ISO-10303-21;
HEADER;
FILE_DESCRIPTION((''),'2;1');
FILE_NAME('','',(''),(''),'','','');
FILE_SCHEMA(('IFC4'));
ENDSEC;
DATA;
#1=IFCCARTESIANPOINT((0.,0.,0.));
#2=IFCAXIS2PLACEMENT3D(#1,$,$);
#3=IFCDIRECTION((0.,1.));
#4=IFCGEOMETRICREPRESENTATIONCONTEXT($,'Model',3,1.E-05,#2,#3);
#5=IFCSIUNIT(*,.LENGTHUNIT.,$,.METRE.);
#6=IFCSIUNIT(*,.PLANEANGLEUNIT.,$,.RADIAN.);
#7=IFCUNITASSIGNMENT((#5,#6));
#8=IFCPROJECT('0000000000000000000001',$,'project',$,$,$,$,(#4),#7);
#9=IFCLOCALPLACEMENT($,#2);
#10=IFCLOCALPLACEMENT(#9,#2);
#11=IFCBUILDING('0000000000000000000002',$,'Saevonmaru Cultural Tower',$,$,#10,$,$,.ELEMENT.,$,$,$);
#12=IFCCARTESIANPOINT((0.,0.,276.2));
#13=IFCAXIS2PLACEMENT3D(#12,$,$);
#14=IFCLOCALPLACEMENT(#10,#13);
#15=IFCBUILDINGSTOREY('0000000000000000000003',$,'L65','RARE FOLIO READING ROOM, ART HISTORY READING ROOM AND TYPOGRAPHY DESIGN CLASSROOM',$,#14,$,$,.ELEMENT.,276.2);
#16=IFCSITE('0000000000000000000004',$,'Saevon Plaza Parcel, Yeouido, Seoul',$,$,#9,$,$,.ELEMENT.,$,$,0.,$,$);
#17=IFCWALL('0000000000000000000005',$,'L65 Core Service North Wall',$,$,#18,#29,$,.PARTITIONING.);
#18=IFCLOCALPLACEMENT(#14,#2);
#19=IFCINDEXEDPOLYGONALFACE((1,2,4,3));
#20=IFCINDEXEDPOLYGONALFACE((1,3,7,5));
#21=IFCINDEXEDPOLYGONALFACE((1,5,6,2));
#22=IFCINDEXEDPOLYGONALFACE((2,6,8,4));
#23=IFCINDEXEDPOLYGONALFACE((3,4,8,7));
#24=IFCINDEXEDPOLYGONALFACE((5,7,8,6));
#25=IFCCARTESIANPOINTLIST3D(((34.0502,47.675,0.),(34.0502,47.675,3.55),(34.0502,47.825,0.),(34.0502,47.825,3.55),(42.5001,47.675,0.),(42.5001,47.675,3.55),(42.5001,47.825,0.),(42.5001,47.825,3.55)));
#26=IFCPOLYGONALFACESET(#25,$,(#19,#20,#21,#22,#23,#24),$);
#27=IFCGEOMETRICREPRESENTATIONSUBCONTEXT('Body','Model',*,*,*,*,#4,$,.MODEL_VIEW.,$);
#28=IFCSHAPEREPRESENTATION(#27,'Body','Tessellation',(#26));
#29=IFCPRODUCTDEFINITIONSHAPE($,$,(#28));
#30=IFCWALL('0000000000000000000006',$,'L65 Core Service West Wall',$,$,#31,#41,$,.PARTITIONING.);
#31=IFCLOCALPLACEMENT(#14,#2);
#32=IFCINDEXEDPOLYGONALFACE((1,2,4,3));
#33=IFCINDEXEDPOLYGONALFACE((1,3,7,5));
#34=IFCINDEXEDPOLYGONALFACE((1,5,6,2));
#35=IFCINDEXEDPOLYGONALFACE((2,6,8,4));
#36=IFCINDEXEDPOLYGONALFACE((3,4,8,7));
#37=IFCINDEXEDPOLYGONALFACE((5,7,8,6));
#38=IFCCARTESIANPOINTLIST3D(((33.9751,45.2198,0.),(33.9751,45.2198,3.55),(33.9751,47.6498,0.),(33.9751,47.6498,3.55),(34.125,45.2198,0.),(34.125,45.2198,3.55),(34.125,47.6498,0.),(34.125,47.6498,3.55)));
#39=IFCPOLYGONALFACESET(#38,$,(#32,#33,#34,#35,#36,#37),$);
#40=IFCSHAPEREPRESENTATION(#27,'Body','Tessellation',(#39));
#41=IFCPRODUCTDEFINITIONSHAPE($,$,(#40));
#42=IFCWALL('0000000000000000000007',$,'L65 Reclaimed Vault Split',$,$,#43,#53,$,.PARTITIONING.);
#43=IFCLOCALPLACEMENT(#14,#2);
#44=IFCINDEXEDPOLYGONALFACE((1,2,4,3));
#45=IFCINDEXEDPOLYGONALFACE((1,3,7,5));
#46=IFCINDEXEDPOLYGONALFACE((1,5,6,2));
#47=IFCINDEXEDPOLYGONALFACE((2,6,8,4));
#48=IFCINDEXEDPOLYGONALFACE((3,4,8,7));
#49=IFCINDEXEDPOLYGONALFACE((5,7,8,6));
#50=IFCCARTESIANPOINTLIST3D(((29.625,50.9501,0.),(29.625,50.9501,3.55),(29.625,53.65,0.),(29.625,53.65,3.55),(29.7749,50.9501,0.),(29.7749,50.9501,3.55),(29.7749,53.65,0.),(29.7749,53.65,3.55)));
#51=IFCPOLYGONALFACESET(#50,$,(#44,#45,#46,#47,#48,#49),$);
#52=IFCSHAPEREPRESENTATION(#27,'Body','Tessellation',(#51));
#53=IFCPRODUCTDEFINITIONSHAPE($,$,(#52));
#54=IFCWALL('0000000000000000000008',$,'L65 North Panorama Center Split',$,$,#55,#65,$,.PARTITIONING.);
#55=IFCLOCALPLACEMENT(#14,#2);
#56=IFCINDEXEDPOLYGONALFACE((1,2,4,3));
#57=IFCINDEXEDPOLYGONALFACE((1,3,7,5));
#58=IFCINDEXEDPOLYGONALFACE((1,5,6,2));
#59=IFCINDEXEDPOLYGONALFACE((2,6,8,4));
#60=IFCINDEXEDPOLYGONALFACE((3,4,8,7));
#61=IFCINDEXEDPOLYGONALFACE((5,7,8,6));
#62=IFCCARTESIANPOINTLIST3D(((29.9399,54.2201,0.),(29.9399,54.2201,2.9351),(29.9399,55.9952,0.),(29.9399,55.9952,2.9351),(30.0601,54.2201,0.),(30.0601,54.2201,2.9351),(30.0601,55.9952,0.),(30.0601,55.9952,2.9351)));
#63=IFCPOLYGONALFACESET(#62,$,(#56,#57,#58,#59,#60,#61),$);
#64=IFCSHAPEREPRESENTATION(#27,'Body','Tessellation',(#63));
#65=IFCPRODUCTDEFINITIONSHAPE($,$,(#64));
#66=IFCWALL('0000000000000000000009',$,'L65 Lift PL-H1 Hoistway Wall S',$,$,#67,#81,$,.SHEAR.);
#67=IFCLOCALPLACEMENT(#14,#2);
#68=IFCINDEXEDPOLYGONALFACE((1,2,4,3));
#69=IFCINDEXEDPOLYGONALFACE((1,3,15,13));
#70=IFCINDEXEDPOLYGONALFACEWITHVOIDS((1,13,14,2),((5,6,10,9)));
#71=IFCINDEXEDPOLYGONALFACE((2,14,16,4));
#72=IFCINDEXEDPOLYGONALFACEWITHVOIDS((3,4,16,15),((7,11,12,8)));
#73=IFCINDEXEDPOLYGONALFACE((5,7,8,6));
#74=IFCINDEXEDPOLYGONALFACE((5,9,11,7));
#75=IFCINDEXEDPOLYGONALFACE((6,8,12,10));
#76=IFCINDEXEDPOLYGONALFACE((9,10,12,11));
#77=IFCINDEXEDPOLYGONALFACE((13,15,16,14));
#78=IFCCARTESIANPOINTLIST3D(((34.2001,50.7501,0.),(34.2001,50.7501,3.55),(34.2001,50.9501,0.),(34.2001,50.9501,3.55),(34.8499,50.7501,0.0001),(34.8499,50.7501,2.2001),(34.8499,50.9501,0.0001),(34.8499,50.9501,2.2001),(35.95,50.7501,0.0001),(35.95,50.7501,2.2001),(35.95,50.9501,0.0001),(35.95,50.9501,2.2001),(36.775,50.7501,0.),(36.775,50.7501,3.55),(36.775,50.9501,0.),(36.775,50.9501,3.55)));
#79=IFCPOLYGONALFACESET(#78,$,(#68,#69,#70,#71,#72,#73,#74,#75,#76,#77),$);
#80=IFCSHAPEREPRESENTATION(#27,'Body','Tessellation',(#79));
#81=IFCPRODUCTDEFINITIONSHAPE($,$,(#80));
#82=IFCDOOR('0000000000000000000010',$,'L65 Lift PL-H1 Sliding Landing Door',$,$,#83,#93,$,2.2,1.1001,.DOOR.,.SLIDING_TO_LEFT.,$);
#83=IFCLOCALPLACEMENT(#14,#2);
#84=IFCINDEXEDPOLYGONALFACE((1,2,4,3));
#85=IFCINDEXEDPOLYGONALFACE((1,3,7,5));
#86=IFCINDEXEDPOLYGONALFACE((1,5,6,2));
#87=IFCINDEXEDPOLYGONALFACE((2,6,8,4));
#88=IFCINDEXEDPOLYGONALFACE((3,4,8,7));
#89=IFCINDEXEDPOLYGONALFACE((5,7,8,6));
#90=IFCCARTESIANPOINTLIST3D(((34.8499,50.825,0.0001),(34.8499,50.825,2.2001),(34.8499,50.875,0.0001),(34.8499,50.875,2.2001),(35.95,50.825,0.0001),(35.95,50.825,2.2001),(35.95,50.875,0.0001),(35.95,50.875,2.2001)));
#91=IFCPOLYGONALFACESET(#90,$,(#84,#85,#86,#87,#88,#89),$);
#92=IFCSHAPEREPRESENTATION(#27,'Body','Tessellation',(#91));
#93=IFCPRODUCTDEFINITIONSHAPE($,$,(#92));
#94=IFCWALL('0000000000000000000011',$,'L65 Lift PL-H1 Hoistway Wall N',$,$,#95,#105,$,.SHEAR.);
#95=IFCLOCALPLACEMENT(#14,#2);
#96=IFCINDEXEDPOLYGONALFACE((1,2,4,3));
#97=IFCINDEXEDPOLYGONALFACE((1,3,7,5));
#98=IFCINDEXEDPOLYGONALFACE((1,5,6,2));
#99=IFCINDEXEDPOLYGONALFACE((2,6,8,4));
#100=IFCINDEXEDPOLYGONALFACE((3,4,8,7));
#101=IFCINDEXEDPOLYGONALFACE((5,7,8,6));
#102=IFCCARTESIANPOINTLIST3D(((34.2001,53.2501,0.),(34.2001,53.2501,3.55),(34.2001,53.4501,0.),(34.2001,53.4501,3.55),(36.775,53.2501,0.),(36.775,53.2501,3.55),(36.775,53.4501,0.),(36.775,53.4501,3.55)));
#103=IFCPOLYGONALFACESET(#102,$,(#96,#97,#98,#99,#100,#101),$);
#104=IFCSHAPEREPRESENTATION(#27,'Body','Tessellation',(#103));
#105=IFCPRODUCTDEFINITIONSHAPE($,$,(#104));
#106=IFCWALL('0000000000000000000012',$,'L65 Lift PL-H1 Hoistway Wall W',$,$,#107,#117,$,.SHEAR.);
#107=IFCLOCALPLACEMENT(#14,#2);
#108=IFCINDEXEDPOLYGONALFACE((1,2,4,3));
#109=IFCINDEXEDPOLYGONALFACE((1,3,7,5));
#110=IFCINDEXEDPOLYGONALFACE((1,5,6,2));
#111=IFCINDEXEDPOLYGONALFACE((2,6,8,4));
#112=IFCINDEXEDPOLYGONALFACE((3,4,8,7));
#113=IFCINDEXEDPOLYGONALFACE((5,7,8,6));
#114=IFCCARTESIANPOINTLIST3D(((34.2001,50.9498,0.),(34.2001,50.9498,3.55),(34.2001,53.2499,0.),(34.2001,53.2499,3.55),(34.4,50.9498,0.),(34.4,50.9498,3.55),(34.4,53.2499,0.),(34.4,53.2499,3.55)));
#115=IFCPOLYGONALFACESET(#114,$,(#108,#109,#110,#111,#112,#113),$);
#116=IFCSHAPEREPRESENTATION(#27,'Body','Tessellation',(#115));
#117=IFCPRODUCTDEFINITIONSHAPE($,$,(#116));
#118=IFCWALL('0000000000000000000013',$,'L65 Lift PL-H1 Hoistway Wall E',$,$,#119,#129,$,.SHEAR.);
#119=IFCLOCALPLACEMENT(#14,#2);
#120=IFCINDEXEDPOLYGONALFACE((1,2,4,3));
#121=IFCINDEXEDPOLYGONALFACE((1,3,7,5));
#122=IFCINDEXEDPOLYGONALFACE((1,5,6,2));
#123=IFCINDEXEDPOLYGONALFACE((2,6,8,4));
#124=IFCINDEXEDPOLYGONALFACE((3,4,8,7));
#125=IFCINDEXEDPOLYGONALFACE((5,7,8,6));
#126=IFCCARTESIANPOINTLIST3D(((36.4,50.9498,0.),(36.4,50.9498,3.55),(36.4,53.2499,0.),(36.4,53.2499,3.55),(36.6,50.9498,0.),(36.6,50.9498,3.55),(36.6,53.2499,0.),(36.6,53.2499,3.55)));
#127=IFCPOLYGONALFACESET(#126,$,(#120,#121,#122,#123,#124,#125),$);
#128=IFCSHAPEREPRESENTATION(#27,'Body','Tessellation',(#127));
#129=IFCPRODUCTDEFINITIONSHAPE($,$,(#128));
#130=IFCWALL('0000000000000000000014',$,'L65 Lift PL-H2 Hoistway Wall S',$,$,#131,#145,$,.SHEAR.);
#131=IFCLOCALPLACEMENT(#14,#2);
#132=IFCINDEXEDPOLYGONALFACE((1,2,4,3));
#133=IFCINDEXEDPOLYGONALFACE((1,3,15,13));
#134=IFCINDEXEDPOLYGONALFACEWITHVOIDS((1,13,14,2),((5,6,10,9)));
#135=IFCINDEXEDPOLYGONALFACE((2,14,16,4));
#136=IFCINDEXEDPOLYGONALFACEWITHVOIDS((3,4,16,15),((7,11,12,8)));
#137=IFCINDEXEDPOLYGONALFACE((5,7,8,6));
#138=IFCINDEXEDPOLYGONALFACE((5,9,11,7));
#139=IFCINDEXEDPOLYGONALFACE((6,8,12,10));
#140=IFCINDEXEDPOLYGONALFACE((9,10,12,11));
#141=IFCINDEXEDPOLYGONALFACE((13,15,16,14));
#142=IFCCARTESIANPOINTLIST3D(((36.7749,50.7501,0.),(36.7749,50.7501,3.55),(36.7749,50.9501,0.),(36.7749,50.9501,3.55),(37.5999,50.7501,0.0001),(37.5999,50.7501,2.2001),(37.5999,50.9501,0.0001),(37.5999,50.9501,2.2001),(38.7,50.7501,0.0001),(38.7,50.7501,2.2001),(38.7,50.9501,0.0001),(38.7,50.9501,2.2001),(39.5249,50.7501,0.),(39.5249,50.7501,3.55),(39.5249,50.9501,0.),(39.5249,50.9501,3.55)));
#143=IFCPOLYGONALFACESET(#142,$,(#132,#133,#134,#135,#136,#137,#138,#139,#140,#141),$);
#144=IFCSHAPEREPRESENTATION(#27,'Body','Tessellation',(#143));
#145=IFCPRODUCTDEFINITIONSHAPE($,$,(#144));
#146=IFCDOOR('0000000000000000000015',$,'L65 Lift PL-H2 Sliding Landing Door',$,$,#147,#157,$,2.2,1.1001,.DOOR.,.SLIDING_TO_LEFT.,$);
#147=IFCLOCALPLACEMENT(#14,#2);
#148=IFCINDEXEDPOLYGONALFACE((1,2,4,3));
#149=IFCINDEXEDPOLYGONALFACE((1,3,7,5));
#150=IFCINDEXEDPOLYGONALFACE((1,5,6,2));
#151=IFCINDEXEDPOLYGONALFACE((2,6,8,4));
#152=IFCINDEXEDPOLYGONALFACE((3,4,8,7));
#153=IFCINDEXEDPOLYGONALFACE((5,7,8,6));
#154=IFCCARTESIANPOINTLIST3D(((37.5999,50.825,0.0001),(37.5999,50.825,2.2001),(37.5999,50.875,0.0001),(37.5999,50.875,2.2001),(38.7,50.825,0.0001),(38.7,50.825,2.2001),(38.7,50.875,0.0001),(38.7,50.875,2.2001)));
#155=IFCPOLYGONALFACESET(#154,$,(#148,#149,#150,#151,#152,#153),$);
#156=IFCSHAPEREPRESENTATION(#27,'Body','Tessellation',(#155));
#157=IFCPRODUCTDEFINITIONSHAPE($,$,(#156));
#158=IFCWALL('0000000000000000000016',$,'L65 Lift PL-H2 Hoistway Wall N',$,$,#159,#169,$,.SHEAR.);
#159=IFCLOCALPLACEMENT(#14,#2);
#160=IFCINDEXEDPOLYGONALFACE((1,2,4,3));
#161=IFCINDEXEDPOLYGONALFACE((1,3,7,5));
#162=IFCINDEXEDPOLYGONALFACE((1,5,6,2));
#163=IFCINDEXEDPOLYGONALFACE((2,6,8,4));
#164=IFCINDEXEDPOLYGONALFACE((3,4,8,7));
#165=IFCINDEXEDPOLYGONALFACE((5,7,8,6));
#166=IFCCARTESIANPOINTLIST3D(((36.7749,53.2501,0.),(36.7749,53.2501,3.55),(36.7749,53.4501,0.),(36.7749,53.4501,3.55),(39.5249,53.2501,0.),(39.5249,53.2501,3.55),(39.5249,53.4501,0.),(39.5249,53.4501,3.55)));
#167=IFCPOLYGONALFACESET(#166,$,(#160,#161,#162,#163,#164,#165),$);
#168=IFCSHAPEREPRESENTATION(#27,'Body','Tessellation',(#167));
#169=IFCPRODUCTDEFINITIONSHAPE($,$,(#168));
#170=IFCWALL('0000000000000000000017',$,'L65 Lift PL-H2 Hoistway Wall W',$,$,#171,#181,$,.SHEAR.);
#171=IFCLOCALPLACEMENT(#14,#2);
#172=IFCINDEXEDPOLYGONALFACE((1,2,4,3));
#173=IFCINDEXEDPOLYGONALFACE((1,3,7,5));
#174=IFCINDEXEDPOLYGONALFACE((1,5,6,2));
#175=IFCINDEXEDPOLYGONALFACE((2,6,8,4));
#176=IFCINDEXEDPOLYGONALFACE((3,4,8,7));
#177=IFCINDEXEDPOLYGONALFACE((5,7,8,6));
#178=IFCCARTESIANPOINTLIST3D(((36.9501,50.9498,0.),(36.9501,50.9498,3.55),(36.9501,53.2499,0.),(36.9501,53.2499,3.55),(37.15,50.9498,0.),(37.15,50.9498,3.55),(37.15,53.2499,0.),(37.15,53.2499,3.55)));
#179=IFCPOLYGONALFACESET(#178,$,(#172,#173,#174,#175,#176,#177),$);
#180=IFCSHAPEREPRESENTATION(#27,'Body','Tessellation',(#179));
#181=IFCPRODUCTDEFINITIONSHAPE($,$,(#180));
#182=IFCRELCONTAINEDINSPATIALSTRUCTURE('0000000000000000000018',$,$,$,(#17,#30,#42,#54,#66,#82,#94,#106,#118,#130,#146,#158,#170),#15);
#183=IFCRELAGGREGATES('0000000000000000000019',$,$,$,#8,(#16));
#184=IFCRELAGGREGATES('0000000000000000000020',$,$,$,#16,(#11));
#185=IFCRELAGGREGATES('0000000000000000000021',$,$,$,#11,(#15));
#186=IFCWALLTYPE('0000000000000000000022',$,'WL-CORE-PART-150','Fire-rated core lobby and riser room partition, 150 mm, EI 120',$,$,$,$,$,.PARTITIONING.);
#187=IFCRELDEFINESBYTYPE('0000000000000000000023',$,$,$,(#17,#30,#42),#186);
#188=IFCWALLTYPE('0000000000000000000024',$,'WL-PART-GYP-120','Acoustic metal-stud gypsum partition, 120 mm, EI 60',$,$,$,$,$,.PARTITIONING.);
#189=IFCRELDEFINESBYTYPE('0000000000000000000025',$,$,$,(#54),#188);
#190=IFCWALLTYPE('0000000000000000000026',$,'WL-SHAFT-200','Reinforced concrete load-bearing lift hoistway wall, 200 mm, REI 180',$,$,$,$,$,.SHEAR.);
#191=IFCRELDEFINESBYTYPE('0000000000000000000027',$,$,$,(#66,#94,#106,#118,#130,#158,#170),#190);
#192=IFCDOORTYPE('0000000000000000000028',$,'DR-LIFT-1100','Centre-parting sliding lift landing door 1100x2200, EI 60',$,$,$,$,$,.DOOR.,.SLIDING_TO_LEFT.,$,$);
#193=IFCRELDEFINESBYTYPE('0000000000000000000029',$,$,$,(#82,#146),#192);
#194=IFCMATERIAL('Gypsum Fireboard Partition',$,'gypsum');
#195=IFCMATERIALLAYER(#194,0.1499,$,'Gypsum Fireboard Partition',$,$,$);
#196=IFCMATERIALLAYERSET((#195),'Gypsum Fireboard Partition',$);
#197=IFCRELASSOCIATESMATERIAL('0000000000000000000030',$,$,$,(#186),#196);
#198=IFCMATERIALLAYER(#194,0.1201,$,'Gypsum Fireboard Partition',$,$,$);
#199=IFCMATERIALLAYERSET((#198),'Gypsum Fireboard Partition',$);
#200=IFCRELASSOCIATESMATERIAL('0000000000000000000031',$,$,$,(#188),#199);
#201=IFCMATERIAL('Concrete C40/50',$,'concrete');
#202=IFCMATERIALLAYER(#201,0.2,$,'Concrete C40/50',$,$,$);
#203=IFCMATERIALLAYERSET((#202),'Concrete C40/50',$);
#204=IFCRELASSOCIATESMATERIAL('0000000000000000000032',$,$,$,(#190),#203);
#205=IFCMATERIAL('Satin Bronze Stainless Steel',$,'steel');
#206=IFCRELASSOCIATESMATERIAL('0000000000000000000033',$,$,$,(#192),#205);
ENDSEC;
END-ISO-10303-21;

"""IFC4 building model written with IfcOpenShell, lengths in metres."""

from ifc_helpers import new_model, si_unit, direction, frame, frame_2d, origin, place, context, subcontext, project, spatial, rectangle, extrude, material, layer, layer_set, type_object, element, fill, save


model = new_model("IFC4")

# Units and contexts
model_context = context("Model", 3, precision=1e-05, world=origin(), true_north=direction((0.0, 1.0)))
body_context = subcontext(model_context, "Body", "Model", "MODEL_VIEW")
ifc_project = project(units=[si_unit("LENGTHUNIT", "METRE"), si_unit("PLANEANGLEUNIT", "RADIAN")], contexts=[model_context])

# Site, building, storey
site_placement = place(None, origin())
site = spatial("IfcSite", under=ifc_project, at=site_placement, Name="Saevon Plaza Parcel, Yeouido, Seoul", CompositionType="ELEMENT", RefElevation=0.0)
building_placement = place(site_placement, origin())
building = spatial("IfcBuilding", under=site, at=building_placement, Name="Saevonmaru Cultural Tower", CompositionType="ELEMENT")
storey_placement = place(building_placement, frame((0.0, 0.0, 276.2)))
storey = spatial("IfcBuildingStorey", under=building, at=storey_placement, Name="L65", Description="RARE FOLIO READING ROOM, ART HISTORY READING ROOM AND TYPOGRAPHY DESIGN CLASSROOM", CompositionType="ELEMENT", Elevation=276.2)

# Shared definitions
ifc_material_1 = material(Name="Gypsum Fireboard Partition", Category="gypsum")
ifc_layer_1 = layer(ifc_material_1, 0.1499, Name="Gypsum Fireboard Partition")
ifc_layer_set_1 = layer_set([ifc_layer_1], Name="Gypsum Fireboard Partition")
wall_type_1 = type_object("IfcWallType", Name="WL-CORE-PART-150", Description="Fire-rated core lobby and riser room partition, 150 mm, EI 120", PredefinedType="PARTITIONING", material=ifc_layer_set_1)

# Walls
wall_1_placement = place(storey_placement, frame((34.05, 47.75, 0.0), z_axis=(0.0, 0.0, 1.0), x_axis=(1.0, 0.0, 0.0)))
element("IfcWall", 1, at=wall_1_placement, inside=storey, type_object=wall_type_1, Name="L65 Core Service North Wall", PredefinedType="PARTITIONING", context=body_context, shape_type="SweptSolid", body=[
    extrude(rectangle(XDim=8.45, YDim=0.1499, at=frame_2d((4.2251, 0.0))), origin(), (0.0, 0.0, 1.0), 3.55),
])
wall_2_placement = place(storey_placement, frame((34.05, 45.22, 0.0), z_axis=(0.0, 0.0, 1.0), x_axis=(0.0, 1.0, 0.0)))
element("IfcWall", 2, at=wall_2_placement, inside=storey, type_object=wall_type_1, Name="L65 Core Service West Wall", PredefinedType="PARTITIONING", context=body_context, shape_type="SweptSolid", body=[
    extrude(rectangle(XDim=2.4299, YDim=0.1499, at=frame_2d((1.2148, 0.0))), origin(), (0.0, 0.0, 1.0), 3.55),
])
wall_3_placement = place(storey_placement, frame((29.7, 50.95, 0.0), z_axis=(0.0, 0.0, 1.0), x_axis=(0.0, 1.0, 0.0)))
element("IfcWall", 3, at=wall_3_placement, inside=storey, type_object=wall_type_1, Name="L65 Reclaimed Vault Split", PredefinedType="PARTITIONING", context=body_context, shape_type="SweptSolid", body=[
    extrude(rectangle(XDim=2.7, YDim=0.1499, at=frame_2d((1.3501, 0.0))), origin(), (0.0, 0.0, 1.0), 3.55),
])
ifc_layer_2 = layer(ifc_material_1, 0.1201, Name="Gypsum Fireboard Partition")
ifc_layer_set_2 = layer_set([ifc_layer_2], Name="Gypsum Fireboard Partition")
wall_type_2 = type_object("IfcWallType", Name="WL-PART-GYP-120", Description="Acoustic metal-stud gypsum partition, 120 mm, EI 60", PredefinedType="PARTITIONING", material=ifc_layer_set_2)
wall_4_placement = place(storey_placement, frame((30.0, 54.22, 0.0), z_axis=(0.0, 0.0, 1.0), x_axis=(0.0, 1.0, 0.0)))
element("IfcWall", 4, at=wall_4_placement, inside=storey, type_object=wall_type_2, Name="L65 North Panorama Center Split", PredefinedType="PARTITIONING", context=body_context, shape_type="SweptSolid", body=[
    extrude(rectangle(XDim=1.7751, YDim=0.1201, at=frame_2d((0.8877, 0.0))), origin(), (0.0, 0.0, 1.0), 2.9351),
])

# Wall, opening, door
ifc_material_2 = material(Name="Concrete C40/50", Category="concrete")
ifc_layer_3 = layer(ifc_material_2, 0.2, Name="Concrete C40/50")
ifc_layer_set_3 = layer_set([ifc_layer_3], Name="Concrete C40/50")
wall_type_3 = type_object("IfcWallType", Name="WL-SHAFT-200", Description="Reinforced concrete load-bearing lift hoistway wall, 200 mm, REI 180", PredefinedType="SHEAR", material=ifc_layer_set_3)
wall_5_placement = place(storey_placement, frame((34.2, 50.8501, 0.0), z_axis=(0.0, 0.0, 1.0), x_axis=(1.0, 0.0, 0.0)))
wall_5 = element("IfcWall", 5, at=wall_5_placement, inside=storey, type_object=wall_type_3, Name="L65 Lift PL-H1 Hoistway Wall S", PredefinedType="SHEAR", context=body_context, shape_type="SweptSolid", body=[
    extrude(rectangle(XDim=2.575, YDim=0.2, at=frame_2d((1.2876, 0.0))), origin(), (0.0, 0.0, 1.0), 3.55),
])
opening_1_placement = place(wall_5_placement, frame((0.6499, 0.0, 0.0)))
opening_1 = element("IfcOpeningElement", 6, at=opening_1_placement, cuts=wall_5, PredefinedType="OPENING", context=body_context, shape_type="SweptSolid", body=[
    extrude(rectangle(XDim=1.1001, YDim=2.2, at=frame_2d((0.55, 1.1001))), frame((0.0, 0.1099, 0.0), z_axis=(0.0, -1.0, 0.0), x_axis=(1.0, 0.0, 0.0)), (0.0, 0.0, 1.0), 0.22),
])
ifc_material_3 = material(Name="Satin Bronze Stainless Steel", Category="steel")
door_type_1 = type_object("IfcDoorType", Name="DR-LIFT-1100", Description="Centre-parting sliding lift landing door 1100x2200, EI 60", OperationType="SLIDING_TO_LEFT", PredefinedType="DOOR", material=ifc_material_3)
door_1_placement = place(opening_1_placement, origin())
door_1 = element("IfcDoor", 7, at=door_1_placement, inside=storey, type_object=door_type_1, Name="L65 Lift PL-H1 Sliding Landing Door", OperationType="SLIDING_TO_LEFT", OverallHeight=2.2, OverallWidth=1.1001, PredefinedType="DOOR", context=body_context, shape_type="SweptSolid", body=[
    extrude(rectangle(XDim=1.1001, YDim=2.2, at=frame_2d((0.55, 1.1001))), frame((0.0, 0.0249, 0.0), z_axis=(0.0, -1.0, 0.0), x_axis=(1.0, 0.0, 0.0)), (0.0, 0.0, 1.0), 0.05),
])
fill(opening_1, door_1)

# Walls
wall_6_placement = place(storey_placement, frame((34.2, 53.3501, 0.0), z_axis=(0.0, 0.0, 1.0), x_axis=(1.0, 0.0, 0.0)))
element("IfcWall", 8, at=wall_6_placement, inside=storey, type_object=wall_type_3, Name="L65 Lift PL-H1 Hoistway Wall N", PredefinedType="SHEAR", context=body_context, shape_type="SweptSolid", body=[
    extrude(rectangle(XDim=2.575, YDim=0.2, at=frame_2d((1.2876, 0.0))), origin(), (0.0, 0.0, 1.0), 3.55),
])
for number, where, z_axis, x_axis, name in (
    (9, (34.3, 50.95, 0.0), (0.0, 0.0, 1.0), (0.0, 1.0, 0.0), "L65 Lift PL-H1 Hoistway Wall W"),
    (10, (36.5, 50.95, 0.0), (0.0, 0.0, 1.0), (0.0, 1.0, 0.0), "L65 Lift PL-H1 Hoistway Wall E"),
):
    element("IfcWall", number, at=place(storey_placement, frame(where, z_axis=z_axis, x_axis=x_axis)), inside=storey, type_object=wall_type_3, Name=name, PredefinedType="SHEAR", context=body_context, shape_type="SweptSolid", body=[
        extrude(rectangle(XDim=2.3, YDim=0.2, at=frame_2d((1.1499, 0.0))), origin(), (0.0, 0.0, 1.0), 3.55),
    ])

# Wall, opening, door
wall_7_placement = place(storey_placement, frame((36.7749, 50.8501, 0.0), z_axis=(0.0, 0.0, 1.0), x_axis=(1.0, 0.0, 0.0)))
wall_7 = element("IfcWall", 11, at=wall_7_placement, inside=storey, type_object=wall_type_3, Name="L65 Lift PL-H2 Hoistway Wall S", PredefinedType="SHEAR", context=body_context, shape_type="SweptSolid", body=[
    extrude(rectangle(XDim=2.75, YDim=0.2, at=frame_2d((1.375, 0.0))), origin(), (0.0, 0.0, 1.0), 3.55),
])
opening_2_placement = place(wall_7_placement, frame((0.825, 0.0, 0.0)))
opening_2 = element("IfcOpeningElement", 12, at=opening_2_placement, cuts=wall_7, PredefinedType="OPENING", context=body_context, shape_type="SweptSolid", body=[
    extrude(rectangle(XDim=1.1001, YDim=2.2, at=frame_2d((0.55, 1.1001))), frame((0.0, 0.1099, 0.0), z_axis=(0.0, -1.0, 0.0), x_axis=(1.0, 0.0, 0.0)), (0.0, 0.0, 1.0), 0.22),
])
door_2_placement = place(opening_2_placement, origin())
door_2 = element("IfcDoor", 13, at=door_2_placement, inside=storey, type_object=door_type_1, Name="L65 Lift PL-H2 Sliding Landing Door", OperationType="SLIDING_TO_LEFT", OverallHeight=2.2, OverallWidth=1.1001, PredefinedType="DOOR", context=body_context, shape_type="SweptSolid", body=[
    extrude(rectangle(XDim=1.1001, YDim=2.2, at=frame_2d((0.55, 1.1001))), frame((0.0, 0.0249, 0.0), z_axis=(0.0, -1.0, 0.0), x_axis=(1.0, 0.0, 0.0)), (0.0, 0.0, 1.0), 0.05),
])
fill(opening_2, door_2)

# Walls
wall_8_placement = place(storey_placement, frame((36.7749, 53.3501, 0.0), z_axis=(0.0, 0.0, 1.0), x_axis=(1.0, 0.0, 0.0)))
element("IfcWall", 14, at=wall_8_placement, inside=storey, type_object=wall_type_3, Name="L65 Lift PL-H2 Hoistway Wall N", PredefinedType="SHEAR", context=body_context, shape_type="SweptSolid", body=[
    extrude(rectangle(XDim=2.75, YDim=0.2, at=frame_2d((1.375, 0.0))), origin(), (0.0, 0.0, 1.0), 3.55),
])
for number, where, z_axis, x_axis, name in (
    (15, (37.05, 50.95, 0.0), (0.0, 0.0, 1.0), (0.0, 1.0, 0.0), "L65 Lift PL-H2 Hoistway Wall W"),
):
    element("IfcWall", number, at=place(storey_placement, frame(where, z_axis=z_axis, x_axis=x_axis)), inside=storey, type_object=wall_type_3, Name=name, PredefinedType="SHEAR", context=body_context, shape_type="SweptSolid", body=[
        extrude(rectangle(XDim=2.3, YDim=0.2, at=frame_2d((1.1499, 0.0))), origin(), (0.0, 0.0, 1.0), 3.55),
    ])

save(model, "model.ifc")
